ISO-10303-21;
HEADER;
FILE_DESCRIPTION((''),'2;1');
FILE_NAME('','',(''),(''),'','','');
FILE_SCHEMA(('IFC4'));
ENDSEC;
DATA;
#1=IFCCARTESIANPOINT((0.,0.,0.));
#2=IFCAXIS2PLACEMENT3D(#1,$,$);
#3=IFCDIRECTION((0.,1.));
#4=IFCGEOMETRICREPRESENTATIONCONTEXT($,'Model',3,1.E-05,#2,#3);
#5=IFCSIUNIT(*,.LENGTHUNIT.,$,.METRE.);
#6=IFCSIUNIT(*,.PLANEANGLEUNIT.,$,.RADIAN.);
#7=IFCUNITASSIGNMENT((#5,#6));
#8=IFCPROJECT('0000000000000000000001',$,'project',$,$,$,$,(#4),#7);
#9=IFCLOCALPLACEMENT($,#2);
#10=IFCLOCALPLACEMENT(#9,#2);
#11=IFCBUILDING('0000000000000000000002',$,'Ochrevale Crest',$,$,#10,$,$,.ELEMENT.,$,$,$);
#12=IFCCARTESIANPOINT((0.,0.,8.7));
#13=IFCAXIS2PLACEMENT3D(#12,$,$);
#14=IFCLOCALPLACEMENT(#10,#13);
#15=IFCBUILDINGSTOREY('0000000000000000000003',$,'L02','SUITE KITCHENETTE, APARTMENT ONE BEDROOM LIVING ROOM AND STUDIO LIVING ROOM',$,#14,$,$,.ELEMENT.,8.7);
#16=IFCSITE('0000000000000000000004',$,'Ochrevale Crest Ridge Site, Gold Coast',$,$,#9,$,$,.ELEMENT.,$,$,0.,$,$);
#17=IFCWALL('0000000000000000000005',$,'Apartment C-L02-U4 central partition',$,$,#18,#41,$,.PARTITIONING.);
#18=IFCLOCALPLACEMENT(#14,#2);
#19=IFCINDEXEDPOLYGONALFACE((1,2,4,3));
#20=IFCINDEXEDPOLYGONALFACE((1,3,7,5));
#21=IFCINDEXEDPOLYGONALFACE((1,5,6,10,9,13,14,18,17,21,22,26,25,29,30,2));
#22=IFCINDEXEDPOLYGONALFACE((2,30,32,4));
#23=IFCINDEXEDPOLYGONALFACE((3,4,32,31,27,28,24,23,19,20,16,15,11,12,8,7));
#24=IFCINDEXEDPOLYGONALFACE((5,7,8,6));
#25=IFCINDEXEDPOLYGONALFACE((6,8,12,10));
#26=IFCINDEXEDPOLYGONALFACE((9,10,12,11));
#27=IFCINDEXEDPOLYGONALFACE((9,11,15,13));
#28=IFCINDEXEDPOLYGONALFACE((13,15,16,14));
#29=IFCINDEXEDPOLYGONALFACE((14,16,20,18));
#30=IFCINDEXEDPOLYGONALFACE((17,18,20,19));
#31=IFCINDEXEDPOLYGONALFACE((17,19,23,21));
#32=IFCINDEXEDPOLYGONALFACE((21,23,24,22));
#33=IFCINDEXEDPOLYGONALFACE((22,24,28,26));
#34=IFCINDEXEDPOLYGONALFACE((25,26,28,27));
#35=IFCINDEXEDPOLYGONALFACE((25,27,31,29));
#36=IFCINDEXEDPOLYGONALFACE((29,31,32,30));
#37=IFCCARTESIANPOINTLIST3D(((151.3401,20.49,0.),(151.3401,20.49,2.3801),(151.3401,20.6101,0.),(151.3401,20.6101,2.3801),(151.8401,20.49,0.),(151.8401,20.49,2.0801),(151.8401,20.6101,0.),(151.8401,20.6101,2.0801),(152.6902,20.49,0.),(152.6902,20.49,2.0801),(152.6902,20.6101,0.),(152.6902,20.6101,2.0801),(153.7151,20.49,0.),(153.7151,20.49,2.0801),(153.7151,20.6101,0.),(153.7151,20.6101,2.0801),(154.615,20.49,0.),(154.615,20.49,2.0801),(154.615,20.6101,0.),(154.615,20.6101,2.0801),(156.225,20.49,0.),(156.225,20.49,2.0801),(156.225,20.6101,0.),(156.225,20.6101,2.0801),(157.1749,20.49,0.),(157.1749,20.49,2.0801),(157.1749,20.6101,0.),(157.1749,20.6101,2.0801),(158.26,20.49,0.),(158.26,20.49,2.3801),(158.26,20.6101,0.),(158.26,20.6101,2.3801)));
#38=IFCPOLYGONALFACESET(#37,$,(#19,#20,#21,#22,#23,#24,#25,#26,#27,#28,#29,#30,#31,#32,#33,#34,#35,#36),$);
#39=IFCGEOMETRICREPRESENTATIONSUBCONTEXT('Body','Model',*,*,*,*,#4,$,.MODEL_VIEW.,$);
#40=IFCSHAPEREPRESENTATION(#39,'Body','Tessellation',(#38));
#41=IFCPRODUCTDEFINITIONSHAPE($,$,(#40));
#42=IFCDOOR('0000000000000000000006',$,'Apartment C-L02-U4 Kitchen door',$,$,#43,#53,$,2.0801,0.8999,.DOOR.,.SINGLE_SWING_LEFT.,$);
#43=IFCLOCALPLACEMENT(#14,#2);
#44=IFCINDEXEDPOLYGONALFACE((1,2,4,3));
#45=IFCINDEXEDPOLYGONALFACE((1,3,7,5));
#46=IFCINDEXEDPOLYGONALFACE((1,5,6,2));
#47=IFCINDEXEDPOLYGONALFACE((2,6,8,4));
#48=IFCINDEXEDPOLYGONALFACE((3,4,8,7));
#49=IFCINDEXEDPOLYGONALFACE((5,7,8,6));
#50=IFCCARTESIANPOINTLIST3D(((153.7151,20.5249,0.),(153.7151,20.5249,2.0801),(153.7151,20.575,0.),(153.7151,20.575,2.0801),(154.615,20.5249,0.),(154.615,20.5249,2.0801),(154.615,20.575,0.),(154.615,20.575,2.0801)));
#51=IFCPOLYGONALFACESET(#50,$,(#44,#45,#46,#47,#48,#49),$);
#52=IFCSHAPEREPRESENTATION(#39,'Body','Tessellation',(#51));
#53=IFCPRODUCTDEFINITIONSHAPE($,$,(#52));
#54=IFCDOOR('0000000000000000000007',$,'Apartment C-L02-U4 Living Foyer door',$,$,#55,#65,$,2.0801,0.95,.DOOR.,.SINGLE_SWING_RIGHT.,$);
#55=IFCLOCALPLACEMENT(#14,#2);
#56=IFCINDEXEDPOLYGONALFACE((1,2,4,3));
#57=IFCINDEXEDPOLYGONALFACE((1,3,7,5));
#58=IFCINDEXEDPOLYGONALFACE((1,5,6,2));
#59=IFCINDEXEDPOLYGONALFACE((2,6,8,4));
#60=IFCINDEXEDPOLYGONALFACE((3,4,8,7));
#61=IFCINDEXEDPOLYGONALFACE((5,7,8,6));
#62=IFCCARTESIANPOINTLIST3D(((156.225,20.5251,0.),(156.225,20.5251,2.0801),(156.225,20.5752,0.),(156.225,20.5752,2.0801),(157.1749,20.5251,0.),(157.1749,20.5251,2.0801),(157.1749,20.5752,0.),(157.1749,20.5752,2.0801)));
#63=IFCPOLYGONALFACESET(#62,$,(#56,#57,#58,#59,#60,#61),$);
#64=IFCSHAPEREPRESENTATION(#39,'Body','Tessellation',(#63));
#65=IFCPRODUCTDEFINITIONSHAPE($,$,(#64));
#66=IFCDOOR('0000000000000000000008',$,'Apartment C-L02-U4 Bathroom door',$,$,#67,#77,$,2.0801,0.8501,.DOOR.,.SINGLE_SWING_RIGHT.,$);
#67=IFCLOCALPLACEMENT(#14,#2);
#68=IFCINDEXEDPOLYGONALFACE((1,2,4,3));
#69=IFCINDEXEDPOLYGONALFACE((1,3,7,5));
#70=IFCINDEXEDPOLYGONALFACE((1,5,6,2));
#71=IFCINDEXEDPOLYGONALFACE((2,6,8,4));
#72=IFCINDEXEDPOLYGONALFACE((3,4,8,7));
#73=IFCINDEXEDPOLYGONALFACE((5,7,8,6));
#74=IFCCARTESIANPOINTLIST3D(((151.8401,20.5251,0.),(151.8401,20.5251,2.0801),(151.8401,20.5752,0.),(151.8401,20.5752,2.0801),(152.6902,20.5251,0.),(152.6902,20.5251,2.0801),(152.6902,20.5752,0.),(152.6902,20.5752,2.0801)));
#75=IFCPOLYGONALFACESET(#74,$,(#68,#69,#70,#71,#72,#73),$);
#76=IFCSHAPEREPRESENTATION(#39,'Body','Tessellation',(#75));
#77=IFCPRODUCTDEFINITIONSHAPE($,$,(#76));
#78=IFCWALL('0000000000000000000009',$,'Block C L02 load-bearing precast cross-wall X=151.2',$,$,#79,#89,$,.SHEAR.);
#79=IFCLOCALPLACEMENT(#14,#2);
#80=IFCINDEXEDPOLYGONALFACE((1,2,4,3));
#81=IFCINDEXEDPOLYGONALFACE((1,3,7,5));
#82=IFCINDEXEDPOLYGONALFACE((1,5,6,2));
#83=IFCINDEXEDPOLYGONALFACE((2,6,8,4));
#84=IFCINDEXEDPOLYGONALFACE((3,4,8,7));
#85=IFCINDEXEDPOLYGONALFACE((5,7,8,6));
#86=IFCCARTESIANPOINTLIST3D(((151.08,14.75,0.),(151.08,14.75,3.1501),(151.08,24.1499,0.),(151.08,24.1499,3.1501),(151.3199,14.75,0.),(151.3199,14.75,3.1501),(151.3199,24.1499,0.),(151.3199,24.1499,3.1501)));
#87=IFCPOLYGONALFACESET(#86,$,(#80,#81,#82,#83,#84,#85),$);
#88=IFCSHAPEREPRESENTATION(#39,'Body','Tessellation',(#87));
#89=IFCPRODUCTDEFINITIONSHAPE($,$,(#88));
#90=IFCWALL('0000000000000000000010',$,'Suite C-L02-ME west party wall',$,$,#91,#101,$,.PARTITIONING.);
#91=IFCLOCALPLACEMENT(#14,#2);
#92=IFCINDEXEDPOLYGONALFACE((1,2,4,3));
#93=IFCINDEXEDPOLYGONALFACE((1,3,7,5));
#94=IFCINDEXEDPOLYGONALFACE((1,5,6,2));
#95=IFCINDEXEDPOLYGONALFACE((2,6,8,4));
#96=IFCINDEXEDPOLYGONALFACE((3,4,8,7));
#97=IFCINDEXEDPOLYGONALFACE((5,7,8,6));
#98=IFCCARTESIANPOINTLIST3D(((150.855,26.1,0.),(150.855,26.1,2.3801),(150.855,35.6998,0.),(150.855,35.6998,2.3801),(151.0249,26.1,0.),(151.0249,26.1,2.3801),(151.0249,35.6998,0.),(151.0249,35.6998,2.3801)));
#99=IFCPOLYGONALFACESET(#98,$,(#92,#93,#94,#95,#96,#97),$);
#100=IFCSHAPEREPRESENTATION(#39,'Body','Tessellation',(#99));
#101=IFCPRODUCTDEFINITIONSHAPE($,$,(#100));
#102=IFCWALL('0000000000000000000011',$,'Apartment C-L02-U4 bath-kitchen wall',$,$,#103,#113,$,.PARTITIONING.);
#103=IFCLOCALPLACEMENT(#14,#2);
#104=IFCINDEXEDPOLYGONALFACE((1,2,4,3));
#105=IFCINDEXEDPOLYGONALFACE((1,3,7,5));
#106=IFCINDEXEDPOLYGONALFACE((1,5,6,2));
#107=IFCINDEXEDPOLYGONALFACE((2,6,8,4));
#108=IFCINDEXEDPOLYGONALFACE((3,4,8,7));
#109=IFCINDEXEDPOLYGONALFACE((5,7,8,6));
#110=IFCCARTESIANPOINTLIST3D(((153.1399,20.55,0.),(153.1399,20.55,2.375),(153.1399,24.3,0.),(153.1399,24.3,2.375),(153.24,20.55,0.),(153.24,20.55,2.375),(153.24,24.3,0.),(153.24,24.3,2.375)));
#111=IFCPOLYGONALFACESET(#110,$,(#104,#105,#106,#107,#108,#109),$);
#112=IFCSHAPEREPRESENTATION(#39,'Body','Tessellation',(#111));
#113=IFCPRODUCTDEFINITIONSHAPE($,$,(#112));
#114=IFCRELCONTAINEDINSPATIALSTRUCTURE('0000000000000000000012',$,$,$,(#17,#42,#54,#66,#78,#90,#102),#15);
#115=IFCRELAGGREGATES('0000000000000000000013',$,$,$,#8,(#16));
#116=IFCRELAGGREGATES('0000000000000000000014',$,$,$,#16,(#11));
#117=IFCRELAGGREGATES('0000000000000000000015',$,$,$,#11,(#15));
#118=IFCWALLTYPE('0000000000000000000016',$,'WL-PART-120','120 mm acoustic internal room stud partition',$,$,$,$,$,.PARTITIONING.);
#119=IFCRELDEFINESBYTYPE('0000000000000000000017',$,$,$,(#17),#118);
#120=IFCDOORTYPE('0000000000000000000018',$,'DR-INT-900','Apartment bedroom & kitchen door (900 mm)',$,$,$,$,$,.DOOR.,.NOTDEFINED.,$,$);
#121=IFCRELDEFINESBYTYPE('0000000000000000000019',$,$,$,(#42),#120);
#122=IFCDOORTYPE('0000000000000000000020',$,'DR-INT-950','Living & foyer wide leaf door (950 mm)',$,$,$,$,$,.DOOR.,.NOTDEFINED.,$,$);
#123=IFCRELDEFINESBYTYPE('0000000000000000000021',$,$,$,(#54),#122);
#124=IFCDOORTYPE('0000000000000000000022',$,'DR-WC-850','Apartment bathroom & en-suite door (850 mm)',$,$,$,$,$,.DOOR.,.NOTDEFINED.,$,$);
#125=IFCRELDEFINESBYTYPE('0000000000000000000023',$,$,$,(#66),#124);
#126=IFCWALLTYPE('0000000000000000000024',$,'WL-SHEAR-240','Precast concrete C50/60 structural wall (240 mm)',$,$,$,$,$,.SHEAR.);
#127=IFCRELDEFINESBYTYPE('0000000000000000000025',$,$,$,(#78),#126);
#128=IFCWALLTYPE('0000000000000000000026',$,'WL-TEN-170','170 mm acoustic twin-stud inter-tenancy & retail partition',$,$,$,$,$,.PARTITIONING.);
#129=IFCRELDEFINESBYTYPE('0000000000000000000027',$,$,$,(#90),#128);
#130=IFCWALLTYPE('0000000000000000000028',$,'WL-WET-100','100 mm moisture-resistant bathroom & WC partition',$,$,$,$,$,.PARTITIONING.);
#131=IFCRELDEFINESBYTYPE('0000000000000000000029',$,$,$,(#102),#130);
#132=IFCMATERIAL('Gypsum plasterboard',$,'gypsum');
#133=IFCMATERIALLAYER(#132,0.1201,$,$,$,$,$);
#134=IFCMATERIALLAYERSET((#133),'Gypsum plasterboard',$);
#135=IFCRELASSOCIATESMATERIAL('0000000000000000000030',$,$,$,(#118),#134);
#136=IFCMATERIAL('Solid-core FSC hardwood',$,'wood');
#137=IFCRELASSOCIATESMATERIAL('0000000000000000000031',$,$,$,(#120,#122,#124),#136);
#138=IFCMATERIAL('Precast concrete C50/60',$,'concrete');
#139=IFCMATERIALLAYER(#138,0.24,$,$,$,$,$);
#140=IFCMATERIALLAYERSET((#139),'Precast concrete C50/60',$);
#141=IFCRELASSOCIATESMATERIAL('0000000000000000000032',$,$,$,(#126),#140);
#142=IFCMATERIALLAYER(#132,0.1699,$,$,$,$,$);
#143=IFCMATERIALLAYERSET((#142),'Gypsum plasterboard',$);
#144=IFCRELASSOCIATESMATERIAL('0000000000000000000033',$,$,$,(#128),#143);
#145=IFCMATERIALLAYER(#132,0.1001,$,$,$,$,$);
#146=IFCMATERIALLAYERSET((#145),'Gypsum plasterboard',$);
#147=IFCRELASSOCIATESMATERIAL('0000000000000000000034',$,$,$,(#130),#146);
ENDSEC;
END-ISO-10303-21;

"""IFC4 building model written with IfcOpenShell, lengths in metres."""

from ifc_helpers import new_model, si_unit, direction, frame, frame_2d, origin, place, context, subcontext, project, spatial, rectangle, extrude, material, layer, layer_set, type_object, element, fill, save


model = new_model("IFC4")

# Units and contexts
model_context = context("Model", 3, precision=1e-05, world=origin(), true_north=direction((0.0, 1.0)))
body_context = subcontext(model_context, "Body", "Model", "MODEL_VIEW")
ifc_project = project(units=[si_unit("LENGTHUNIT", "METRE"), si_unit("PLANEANGLEUNIT", "RADIAN")], contexts=[model_context])

# Site, building, storey
site_placement = place(None, origin())
site = spatial("IfcSite", under=ifc_project, at=site_placement, Name="Ochrevale Crest Ridge Site, Gold Coast", CompositionType="ELEMENT", RefElevation=0.0)
building_placement = place(site_placement, origin())
building = spatial("IfcBuilding", under=site, at=building_placement, Name="Ochrevale Crest", CompositionType="ELEMENT")
storey_placement = place(building_placement, frame((0.0, 0.0, 8.7)))
storey = spatial("IfcBuildingStorey", under=building, at=storey_placement, Name="L02", Description="SUITE KITCHENETTE, APARTMENT ONE BEDROOM LIVING ROOM AND STUDIO LIVING ROOM", CompositionType="ELEMENT", Elevation=8.7)

# Shared definitions
ifc_material_1 = material(Name="Precast concrete C50/60", Category="concrete")

# Shared definitions
ifc_material_2 = material(Name="Gypsum plasterboard", Category="gypsum")
ifc_material_3 = material(Name="Solid-core FSC hardwood", Category="wood")

# Shared definitions
ifc_layer_1 = layer(ifc_material_2, 0.1201)
ifc_layer_set_1 = layer_set([ifc_layer_1], Name="Gypsum plasterboard")
wall_type_1 = type_object("IfcWallType", Name="WL-PART-120", Description="120 mm acoustic internal room stud partition", PredefinedType="PARTITIONING", material=ifc_layer_set_1)

# Wall, openings, doors
wall_1_placement = place(storey_placement, frame((151.3401, 20.55, 0.0), z_axis=(0.0, 0.0, 1.0), x_axis=(1.0, 0.0, 0.0)))
wall_1 = element("IfcWall", 1, at=wall_1_placement, inside=storey, type_object=wall_type_1, Name="Apartment C-L02-U4 central partition", PredefinedType="PARTITIONING", context=body_context, shape_type="SweptSolid", body=[
    extrude(rectangle(XDim=6.9199, YDim=0.1201, at=frame_2d((3.46, 0.0))), origin(), (0.0, 0.0, 1.0), 2.3801),
])
opening_1_placement = place(wall_1_placement, frame((1.3501, 0.0, 0.0), z_axis=(0.0, 0.0, 1.0), x_axis=(-1.0, 0.0, 0.0)))
opening_1 = element("IfcOpeningElement", 2, at=opening_1_placement, cuts=wall_1, PredefinedType="OPENING", context=body_context, shape_type="SweptSolid", body=[
    extrude(rectangle(XDim=0.8501, YDim=2.0801, at=frame_2d((0.425, 1.04))), frame((0.0, 0.0701, 0.0), z_axis=(0.0, -1.0, 0.0), x_axis=(1.0, 0.0, 0.0)), (0.0, 0.0, 1.0), 0.1401),
])
opening_2_placement = place(wall_1_placement, frame((2.375, 0.0, 0.0)))
opening_2 = element("IfcOpeningElement", 3, at=opening_2_placement, cuts=wall_1, PredefinedType="OPENING", context=body_context, shape_type="SweptSolid", body=[
    extrude(rectangle(XDim=0.8999, YDim=2.0801, at=frame_2d((0.45, 1.04))), frame((0.0, 0.0701, 0.0), z_axis=(0.0, -1.0, 0.0), x_axis=(1.0, 0.0, 0.0)), (0.0, 0.0, 1.0), 0.1401),
])
opening_3_placement = place(wall_1_placement, frame((5.835, 0.0, 0.0), z_axis=(0.0, 0.0, 1.0), x_axis=(-1.0, 0.0, 0.0)))
opening_3 = element("IfcOpeningElement", 4, at=opening_3_placement, cuts=wall_1, PredefinedType="OPENING", context=body_context, shape_type="SweptSolid", body=[
    extrude(rectangle(XDim=0.95, YDim=2.0801, at=frame_2d((0.4751, 1.04))), frame((0.0, 0.0701, 0.0), z_axis=(0.0, -1.0, 0.0), x_axis=(1.0, 0.0, 0.0)), (0.0, 0.0, 1.0), 0.1401),
])
door_type_1 = type_object("IfcDoorType", Name="DR-INT-900", Description="Apartment bedroom & kitchen door (900 mm)", OperationType="NOTDEFINED", PredefinedType="DOOR", material=ifc_material_3)
door_1_placement = place(opening_2_placement, origin())
door_1 = element("IfcDoor", 5, at=door_1_placement, inside=storey, type_object=door_type_1, Name="Apartment C-L02-U4 Kitchen door", OperationType="SINGLE_SWING_LEFT", OverallHeight=2.0801, OverallWidth=0.8999, PredefinedType="DOOR", context=body_context, shape_type="SweptSolid", body=[
    extrude(rectangle(XDim=0.8999, YDim=2.0801, at=frame_2d((0.45, 1.04))), frame((0.0, 0.0249, 0.0), z_axis=(0.0, -1.0, 0.0), x_axis=(1.0, 0.0, 0.0)), (0.0, 0.0, 1.0), 0.05),
])
fill(opening_2, door_1)
door_type_2 = type_object("IfcDoorType", Name="DR-INT-950", Description="Living & foyer wide leaf door (950 mm)", OperationType="NOTDEFINED", PredefinedType="DOOR", material=ifc_material_3)
door_2_placement = place(opening_3_placement, origin())
door_2 = element("IfcDoor", 6, at=door_2_placement, inside=storey, type_object=door_type_2, Name="Apartment C-L02-U4 Living Foyer door", OperationType="SINGLE_SWING_RIGHT", OverallHeight=2.0801, OverallWidth=0.95, PredefinedType="DOOR", context=body_context, shape_type="SweptSolid", body=[
    extrude(rectangle(XDim=0.95, YDim=2.0801, at=frame_2d((0.4751, 1.04))), frame((0.0, 0.0249, 0.0), z_axis=(0.0, -1.0, 0.0), x_axis=(1.0, 0.0, 0.0)), (0.0, 0.0, 1.0), 0.05),
])
fill(opening_3, door_2)
door_type_3 = type_object("IfcDoorType", Name="DR-WC-850", Description="Apartment bathroom & en-suite door (850 mm)", OperationType="NOTDEFINED", PredefinedType="DOOR", material=ifc_material_3)
door_3_placement = place(opening_1_placement, origin())
door_3 = element("IfcDoor", 7, at=door_3_placement, inside=storey, type_object=door_type_3, Name="Apartment C-L02-U4 Bathroom door", OperationType="SINGLE_SWING_RIGHT", OverallHeight=2.0801, OverallWidth=0.8501, PredefinedType="DOOR", context=body_context, shape_type="SweptSolid", body=[
    extrude(rectangle(XDim=0.8501, YDim=2.0801, at=frame_2d((0.425, 1.04))), frame((0.0, 0.0249, 0.0), z_axis=(0.0, -1.0, 0.0), x_axis=(1.0, 0.0, 0.0)), (0.0, 0.0, 1.0), 0.05),
])
fill(opening_1, door_3)

# Walls
ifc_layer_2 = layer(ifc_material_1, 0.24)
ifc_layer_set_2 = layer_set([ifc_layer_2], Name="Precast concrete C50/60")
wall_type_2 = type_object("IfcWallType", Name="WL-SHEAR-240", Description="Precast concrete C50/60 structural wall (240 mm)", PredefinedType="SHEAR", material=ifc_layer_set_2)
wall_2_placement = place(storey_placement, frame((151.2, 14.75, 0.0), z_axis=(0.0, 0.0, 1.0), x_axis=(0.0, 1.0, 0.0)))
element("IfcWall", 8, at=wall_2_placement, inside=storey, type_object=wall_type_2, Name="Block C L02 load-bearing precast cross-wall X=151.2", PredefinedType="SHEAR", context=body_context, shape_type="SweptSolid", body=[
    extrude(rectangle(XDim=9.3999, YDim=0.24, at=frame_2d((4.7, 0.0))), origin(), (0.0, 0.0, 1.0), 3.1501),
])
ifc_layer_3 = layer(ifc_material_2, 0.1699)
ifc_layer_set_3 = layer_set([ifc_layer_3], Name="Gypsum plasterboard")
wall_type_3 = type_object("IfcWallType", Name="WL-TEN-170", Description="170 mm acoustic twin-stud inter-tenancy & retail partition", PredefinedType="PARTITIONING", material=ifc_layer_set_3)
wall_3_placement = place(storey_placement, frame((150.9399, 26.1001, 0.0), z_axis=(0.0, 0.0, 1.0), x_axis=(0.0, 1.0, 0.0)))
element("IfcWall", 9, at=wall_3_placement, inside=storey, type_object=wall_type_3, Name="Suite C-L02-ME west party wall", PredefinedType="PARTITIONING", context=body_context, shape_type="SweptSolid", body=[
    extrude(rectangle(XDim=9.5999, YDim=0.1699, at=frame_2d((4.7998, 0.0))), origin(), (0.0, 0.0, 1.0), 2.3801),
])
ifc_layer_4 = layer(ifc_material_2, 0.1001)
ifc_layer_set_4 = layer_set([ifc_layer_4], Name="Gypsum plasterboard")
wall_type_4 = type_object("IfcWallType", Name="WL-WET-100", Description="100 mm moisture-resistant bathroom & WC partition", PredefinedType="PARTITIONING", material=ifc_layer_set_4)
wall_4_placement = place(storey_placement, frame((153.1899, 20.55, 0.0), z_axis=(0.0, 0.0, 1.0), x_axis=(0.0, 1.0, 0.0)))
element("IfcWall", 10, at=wall_4_placement, inside=storey, type_object=wall_type_4, Name="Apartment C-L02-U4 bath-kitchen wall", PredefinedType="PARTITIONING", context=body_context, shape_type="SweptSolid", body=[
    extrude(rectangle(XDim=3.75, YDim=0.1001, at=frame_2d((1.875, 0.0))), origin(), (0.0, 0.0, 1.0), 2.375),
])

save(model, "model.ifc")
